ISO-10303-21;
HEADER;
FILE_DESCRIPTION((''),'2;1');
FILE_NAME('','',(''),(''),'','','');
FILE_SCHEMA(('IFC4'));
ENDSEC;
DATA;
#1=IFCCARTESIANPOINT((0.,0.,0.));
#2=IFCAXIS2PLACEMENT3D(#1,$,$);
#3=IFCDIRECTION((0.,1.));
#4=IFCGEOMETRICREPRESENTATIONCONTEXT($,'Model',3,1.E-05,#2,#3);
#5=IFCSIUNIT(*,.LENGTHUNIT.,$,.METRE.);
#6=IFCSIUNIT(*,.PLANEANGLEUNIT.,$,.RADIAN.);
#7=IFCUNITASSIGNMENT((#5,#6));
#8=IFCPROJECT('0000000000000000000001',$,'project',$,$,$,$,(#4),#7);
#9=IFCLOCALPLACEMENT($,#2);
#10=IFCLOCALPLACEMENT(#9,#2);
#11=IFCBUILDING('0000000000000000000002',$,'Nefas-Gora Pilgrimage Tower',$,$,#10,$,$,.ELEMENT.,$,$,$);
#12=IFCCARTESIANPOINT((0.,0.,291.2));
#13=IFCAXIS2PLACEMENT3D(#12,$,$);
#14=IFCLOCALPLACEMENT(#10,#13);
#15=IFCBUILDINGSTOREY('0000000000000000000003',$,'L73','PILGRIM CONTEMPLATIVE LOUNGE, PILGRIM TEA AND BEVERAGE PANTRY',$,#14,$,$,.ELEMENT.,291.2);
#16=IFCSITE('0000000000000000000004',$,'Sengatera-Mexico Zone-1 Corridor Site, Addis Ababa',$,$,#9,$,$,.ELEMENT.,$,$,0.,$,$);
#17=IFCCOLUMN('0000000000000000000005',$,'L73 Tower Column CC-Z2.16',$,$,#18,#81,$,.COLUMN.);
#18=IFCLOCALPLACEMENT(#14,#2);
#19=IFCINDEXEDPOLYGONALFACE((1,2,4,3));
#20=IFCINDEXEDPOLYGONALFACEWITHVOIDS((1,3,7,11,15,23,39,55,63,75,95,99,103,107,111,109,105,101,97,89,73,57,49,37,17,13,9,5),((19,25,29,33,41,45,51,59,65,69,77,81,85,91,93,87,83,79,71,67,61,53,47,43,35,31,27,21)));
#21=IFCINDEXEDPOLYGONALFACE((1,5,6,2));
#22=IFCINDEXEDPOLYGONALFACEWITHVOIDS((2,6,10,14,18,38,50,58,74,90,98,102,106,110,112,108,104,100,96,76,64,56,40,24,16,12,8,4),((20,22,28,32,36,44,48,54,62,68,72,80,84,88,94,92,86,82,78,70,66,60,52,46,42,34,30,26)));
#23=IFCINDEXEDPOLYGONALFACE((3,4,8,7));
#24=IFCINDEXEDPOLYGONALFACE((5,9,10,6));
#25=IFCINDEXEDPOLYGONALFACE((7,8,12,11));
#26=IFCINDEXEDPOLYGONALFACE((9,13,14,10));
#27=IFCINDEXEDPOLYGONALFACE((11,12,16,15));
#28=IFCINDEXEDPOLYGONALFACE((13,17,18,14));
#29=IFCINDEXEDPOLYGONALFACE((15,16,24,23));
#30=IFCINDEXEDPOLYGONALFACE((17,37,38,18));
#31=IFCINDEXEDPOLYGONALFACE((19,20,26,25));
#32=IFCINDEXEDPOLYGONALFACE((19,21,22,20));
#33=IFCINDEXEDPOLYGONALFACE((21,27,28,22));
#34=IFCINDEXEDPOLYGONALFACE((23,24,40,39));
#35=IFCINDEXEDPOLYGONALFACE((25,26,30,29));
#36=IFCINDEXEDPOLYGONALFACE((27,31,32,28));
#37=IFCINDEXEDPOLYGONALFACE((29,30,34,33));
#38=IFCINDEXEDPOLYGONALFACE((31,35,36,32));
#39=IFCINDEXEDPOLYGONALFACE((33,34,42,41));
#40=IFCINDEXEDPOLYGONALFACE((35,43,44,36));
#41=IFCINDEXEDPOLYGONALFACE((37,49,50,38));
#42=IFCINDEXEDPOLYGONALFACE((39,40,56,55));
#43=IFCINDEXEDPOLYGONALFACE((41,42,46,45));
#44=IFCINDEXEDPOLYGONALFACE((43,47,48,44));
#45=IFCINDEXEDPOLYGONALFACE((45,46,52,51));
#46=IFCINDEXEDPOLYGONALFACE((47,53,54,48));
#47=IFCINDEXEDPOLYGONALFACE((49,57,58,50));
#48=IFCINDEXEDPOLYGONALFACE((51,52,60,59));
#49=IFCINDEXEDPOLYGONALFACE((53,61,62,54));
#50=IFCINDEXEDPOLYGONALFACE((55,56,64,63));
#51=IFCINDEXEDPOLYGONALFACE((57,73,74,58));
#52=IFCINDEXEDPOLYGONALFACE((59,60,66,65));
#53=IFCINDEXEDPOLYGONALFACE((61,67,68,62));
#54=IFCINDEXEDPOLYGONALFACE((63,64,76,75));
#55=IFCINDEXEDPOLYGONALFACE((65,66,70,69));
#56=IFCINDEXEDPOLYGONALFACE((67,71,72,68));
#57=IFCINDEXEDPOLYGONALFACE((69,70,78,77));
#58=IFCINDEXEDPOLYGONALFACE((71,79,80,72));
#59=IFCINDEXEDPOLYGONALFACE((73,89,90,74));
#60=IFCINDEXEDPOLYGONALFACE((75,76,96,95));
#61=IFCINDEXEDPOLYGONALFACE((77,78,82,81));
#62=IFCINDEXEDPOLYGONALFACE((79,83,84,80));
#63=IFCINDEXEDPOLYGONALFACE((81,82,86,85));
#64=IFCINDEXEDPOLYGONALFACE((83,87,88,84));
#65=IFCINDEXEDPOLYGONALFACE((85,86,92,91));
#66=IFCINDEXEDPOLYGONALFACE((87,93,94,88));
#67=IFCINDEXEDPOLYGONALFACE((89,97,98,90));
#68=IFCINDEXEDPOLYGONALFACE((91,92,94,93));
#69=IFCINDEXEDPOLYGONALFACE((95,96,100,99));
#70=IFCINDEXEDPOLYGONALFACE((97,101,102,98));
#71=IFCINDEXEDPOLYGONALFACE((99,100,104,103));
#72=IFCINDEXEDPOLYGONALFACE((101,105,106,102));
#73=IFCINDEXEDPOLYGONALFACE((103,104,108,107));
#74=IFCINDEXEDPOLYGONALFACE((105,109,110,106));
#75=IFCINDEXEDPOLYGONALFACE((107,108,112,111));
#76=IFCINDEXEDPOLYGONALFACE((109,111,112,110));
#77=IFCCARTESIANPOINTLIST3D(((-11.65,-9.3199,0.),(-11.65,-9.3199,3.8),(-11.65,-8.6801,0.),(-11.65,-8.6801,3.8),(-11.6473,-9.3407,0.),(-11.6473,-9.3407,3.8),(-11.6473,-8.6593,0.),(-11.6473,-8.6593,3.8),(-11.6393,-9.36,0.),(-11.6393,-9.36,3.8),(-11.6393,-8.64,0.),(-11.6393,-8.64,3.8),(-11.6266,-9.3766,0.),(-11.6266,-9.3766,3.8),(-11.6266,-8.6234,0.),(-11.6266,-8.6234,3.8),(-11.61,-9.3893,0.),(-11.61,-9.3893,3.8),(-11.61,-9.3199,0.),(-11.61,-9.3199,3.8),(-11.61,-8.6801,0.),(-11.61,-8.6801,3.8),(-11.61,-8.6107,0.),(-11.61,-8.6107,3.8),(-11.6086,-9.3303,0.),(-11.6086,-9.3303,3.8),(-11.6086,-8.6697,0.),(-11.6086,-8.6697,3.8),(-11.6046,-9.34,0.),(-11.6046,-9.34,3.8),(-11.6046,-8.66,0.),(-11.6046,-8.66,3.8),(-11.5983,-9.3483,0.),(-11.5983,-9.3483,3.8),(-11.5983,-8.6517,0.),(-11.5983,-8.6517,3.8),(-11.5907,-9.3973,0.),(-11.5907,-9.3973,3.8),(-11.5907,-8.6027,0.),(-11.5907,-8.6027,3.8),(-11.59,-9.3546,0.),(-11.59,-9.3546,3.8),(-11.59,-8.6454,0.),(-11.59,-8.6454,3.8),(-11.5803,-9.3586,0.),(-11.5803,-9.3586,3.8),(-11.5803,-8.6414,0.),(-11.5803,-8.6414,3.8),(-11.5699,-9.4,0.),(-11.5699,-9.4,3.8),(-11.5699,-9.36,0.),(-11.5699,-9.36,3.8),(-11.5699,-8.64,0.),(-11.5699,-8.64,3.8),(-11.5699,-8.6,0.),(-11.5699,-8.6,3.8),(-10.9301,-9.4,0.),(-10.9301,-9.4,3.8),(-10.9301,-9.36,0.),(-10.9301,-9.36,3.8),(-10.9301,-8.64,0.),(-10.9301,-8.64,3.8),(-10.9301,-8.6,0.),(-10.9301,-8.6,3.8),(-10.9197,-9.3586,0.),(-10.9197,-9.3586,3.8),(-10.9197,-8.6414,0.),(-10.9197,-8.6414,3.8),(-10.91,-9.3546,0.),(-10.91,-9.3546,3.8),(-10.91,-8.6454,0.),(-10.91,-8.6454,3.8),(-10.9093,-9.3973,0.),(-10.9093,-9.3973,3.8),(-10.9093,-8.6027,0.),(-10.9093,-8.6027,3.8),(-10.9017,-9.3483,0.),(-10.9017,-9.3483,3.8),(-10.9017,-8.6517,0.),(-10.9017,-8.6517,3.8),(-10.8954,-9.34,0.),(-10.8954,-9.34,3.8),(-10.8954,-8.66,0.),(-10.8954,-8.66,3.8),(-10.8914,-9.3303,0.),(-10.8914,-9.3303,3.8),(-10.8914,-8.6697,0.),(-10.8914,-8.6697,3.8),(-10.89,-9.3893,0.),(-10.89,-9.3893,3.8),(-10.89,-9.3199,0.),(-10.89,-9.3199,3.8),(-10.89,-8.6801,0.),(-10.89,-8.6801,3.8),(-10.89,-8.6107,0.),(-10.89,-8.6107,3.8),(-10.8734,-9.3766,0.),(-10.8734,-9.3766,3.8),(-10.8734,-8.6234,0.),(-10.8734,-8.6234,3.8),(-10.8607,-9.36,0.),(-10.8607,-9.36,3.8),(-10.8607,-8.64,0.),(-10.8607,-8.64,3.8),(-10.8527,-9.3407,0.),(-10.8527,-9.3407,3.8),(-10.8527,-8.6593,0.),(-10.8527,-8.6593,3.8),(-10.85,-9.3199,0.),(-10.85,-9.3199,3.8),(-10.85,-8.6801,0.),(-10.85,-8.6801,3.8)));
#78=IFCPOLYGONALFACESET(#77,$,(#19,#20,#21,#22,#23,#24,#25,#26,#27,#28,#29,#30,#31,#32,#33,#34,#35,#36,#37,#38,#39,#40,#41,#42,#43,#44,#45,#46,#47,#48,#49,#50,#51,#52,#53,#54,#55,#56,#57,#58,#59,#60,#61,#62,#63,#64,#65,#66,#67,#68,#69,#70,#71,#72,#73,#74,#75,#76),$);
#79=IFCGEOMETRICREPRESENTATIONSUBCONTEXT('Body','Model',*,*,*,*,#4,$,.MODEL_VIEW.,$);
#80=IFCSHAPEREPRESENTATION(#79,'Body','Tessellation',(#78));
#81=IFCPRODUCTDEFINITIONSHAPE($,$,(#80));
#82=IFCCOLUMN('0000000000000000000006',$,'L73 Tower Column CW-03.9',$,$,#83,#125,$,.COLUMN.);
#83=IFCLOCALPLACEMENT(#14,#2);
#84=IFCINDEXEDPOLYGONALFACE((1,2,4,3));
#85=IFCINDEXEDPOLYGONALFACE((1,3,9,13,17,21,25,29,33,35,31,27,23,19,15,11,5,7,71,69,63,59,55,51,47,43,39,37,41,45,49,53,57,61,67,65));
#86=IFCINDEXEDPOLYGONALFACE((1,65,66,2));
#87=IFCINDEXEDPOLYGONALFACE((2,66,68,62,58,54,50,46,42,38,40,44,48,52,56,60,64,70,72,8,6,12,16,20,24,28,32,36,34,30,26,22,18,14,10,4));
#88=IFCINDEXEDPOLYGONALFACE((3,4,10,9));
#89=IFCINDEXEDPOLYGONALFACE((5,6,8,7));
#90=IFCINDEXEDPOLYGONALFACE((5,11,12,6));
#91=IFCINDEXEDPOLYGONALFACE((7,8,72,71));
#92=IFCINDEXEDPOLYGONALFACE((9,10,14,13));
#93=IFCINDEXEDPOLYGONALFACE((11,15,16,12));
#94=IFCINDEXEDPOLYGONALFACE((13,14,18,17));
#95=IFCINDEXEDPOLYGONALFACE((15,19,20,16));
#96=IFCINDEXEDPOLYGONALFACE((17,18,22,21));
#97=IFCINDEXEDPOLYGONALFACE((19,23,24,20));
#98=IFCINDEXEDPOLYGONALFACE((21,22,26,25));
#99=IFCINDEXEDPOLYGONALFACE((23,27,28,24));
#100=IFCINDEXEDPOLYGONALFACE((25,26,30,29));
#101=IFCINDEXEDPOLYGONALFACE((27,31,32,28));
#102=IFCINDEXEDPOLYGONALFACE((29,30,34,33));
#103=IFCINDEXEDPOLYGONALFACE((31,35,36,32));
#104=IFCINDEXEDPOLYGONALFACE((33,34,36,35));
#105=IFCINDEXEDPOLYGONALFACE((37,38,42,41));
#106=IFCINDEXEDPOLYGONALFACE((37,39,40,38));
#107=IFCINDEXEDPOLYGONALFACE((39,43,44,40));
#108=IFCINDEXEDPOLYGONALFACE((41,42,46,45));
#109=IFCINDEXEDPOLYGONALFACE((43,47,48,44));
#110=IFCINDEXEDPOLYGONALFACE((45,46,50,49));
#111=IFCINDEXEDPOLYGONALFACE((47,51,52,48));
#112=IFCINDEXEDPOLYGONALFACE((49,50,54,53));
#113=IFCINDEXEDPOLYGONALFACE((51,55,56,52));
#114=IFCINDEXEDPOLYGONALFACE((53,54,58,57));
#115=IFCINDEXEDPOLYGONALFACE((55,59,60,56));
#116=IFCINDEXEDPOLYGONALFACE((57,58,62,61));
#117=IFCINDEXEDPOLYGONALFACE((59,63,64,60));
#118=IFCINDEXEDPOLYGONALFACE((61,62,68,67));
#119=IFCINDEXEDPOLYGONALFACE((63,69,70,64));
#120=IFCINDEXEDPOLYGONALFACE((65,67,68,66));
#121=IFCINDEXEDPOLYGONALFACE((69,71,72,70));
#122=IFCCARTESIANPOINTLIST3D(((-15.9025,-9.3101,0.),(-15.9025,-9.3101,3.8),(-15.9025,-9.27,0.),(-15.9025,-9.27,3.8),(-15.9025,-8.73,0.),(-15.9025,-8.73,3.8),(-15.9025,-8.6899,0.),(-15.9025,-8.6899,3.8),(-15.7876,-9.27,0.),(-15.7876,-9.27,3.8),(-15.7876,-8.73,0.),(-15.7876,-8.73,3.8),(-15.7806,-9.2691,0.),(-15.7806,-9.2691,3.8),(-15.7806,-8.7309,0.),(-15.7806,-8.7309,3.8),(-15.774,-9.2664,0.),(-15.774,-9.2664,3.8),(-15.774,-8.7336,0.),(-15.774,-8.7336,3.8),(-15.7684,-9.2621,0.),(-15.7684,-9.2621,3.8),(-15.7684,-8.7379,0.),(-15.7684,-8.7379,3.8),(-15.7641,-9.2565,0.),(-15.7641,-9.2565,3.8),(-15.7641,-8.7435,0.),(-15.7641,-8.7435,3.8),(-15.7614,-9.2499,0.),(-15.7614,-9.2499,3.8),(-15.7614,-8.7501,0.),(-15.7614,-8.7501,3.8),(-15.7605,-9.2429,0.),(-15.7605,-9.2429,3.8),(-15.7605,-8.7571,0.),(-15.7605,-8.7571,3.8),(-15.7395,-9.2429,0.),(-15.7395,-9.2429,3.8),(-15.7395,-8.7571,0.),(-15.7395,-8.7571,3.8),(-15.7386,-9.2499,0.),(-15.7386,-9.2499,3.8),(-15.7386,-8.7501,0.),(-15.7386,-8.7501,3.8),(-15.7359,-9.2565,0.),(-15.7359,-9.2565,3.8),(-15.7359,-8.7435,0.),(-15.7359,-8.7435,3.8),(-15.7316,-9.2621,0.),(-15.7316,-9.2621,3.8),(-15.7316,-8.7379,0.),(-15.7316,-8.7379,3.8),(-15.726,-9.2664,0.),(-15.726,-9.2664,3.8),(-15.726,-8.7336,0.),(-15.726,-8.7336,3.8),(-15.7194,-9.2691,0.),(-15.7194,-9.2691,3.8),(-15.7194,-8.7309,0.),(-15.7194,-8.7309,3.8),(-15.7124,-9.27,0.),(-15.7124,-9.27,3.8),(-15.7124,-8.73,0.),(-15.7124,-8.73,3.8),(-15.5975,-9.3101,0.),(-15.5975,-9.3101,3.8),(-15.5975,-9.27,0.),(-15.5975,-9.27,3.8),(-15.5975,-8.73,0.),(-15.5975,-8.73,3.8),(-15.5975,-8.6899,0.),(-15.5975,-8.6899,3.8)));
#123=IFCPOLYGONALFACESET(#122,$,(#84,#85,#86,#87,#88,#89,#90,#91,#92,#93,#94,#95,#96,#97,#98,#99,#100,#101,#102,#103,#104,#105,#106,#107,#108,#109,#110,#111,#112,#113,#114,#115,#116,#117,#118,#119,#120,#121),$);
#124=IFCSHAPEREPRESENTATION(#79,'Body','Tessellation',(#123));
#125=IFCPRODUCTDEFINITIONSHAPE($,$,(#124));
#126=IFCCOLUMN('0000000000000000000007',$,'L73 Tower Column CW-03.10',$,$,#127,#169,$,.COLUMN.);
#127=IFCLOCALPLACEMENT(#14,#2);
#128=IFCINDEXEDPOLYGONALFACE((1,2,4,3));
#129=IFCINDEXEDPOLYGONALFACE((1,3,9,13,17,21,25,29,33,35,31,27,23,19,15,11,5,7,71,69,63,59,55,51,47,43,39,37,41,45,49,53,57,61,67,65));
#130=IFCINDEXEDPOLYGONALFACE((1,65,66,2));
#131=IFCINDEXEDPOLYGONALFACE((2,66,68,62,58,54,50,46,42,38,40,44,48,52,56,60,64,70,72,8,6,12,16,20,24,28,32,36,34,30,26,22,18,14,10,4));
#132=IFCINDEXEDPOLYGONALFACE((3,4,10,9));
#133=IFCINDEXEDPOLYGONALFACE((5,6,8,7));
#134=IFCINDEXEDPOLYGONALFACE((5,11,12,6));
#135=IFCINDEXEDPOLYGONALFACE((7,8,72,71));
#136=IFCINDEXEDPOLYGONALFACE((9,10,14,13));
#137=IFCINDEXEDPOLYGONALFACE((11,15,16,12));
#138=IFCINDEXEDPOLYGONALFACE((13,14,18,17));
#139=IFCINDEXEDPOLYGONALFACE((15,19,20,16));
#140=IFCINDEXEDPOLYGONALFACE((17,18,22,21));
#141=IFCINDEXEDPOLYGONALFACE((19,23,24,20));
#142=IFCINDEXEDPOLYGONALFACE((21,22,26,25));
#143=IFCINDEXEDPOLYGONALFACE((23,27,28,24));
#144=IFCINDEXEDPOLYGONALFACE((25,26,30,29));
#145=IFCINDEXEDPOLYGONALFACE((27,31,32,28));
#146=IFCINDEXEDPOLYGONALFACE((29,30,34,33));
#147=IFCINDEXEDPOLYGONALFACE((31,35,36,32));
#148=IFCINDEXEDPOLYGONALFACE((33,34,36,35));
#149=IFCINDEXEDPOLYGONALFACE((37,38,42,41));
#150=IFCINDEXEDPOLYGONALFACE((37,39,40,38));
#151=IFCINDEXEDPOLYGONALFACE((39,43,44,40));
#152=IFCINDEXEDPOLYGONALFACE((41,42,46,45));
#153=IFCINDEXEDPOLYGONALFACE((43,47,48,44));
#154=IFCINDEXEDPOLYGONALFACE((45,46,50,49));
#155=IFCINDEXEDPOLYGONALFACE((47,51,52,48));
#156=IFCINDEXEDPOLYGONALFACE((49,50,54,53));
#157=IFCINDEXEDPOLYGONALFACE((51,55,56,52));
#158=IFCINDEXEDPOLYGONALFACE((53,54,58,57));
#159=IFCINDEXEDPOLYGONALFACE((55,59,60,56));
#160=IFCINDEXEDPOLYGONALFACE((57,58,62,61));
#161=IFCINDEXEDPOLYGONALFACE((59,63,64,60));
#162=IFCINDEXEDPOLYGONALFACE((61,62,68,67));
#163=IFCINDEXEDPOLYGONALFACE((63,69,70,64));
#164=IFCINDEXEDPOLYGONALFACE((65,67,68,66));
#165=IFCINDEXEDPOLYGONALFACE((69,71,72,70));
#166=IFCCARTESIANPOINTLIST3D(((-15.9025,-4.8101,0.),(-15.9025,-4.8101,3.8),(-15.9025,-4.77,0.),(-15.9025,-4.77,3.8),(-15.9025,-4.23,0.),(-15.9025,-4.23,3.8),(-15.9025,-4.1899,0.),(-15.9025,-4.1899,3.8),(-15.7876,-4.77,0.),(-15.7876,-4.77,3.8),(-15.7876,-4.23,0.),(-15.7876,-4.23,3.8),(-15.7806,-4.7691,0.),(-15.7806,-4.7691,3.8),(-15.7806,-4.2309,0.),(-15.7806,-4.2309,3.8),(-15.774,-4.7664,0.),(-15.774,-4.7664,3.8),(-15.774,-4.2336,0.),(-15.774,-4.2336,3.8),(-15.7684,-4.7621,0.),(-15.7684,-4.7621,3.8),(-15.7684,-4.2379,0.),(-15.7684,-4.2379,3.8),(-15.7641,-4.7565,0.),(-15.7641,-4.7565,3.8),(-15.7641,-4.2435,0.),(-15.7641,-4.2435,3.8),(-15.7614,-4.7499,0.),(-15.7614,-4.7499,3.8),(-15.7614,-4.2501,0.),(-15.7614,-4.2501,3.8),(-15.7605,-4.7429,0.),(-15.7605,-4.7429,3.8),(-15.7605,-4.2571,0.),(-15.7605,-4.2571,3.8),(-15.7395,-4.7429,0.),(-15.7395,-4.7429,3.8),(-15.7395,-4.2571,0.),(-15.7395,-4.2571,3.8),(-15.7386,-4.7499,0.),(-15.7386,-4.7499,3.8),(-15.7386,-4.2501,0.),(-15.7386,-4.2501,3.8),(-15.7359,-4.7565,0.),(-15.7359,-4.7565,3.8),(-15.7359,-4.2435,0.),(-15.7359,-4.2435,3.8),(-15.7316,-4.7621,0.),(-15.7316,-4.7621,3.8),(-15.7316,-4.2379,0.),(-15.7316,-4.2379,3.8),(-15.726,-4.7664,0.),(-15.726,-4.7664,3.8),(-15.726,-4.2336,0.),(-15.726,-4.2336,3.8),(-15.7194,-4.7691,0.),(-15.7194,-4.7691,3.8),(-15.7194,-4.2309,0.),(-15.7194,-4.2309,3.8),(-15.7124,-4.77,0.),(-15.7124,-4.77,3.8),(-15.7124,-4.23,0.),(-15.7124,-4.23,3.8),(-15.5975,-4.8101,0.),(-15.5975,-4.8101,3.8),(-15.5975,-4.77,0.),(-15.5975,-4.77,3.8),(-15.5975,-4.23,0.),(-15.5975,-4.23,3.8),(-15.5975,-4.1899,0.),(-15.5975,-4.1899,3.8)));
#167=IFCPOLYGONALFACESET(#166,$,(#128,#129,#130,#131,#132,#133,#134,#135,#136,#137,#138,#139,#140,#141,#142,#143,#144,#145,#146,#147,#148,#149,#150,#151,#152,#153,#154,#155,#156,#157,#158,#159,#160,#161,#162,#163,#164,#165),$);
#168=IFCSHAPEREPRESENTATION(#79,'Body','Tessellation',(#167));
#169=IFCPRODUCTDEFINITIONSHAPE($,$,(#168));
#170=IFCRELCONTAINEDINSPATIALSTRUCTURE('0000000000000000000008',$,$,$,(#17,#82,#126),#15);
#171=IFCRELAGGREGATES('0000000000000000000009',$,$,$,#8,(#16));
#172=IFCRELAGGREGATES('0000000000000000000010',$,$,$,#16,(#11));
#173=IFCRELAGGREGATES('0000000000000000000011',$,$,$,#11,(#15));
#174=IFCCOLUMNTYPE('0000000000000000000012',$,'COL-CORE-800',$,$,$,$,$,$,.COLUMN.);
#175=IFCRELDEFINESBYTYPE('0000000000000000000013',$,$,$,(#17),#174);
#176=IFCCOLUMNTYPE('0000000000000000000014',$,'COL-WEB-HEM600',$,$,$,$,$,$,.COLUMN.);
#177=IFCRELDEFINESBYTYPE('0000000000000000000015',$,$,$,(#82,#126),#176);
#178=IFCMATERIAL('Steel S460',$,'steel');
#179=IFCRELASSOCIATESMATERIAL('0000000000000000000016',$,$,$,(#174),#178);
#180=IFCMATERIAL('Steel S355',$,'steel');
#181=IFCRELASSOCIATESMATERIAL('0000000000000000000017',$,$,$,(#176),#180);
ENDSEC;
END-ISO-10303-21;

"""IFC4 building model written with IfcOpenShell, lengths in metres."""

from ifc_helpers import new_model, si_unit, direction, frame, origin, origin_2d, place, context, subcontext, project, spatial, hollow_rectangle, i_section, extrude, source, transform, mapped, material, material_profile, profile_set, type_object, element, save


model = new_model("IFC4")

# Units and contexts
model_context = context("Model", 3, precision=1e-05, world=origin(), true_north=direction((0.0, 1.0)))
body_context = subcontext(model_context, "Body", "Model", "MODEL_VIEW")
ifc_project = project(units=[si_unit("LENGTHUNIT", "METRE"), si_unit("PLANEANGLEUNIT", "RADIAN")], contexts=[model_context])

# Site, building, storey
site_placement = place(None, origin())
site = spatial("IfcSite", under=ifc_project, at=site_placement, Name="Sengatera-Mexico Zone-1 Corridor Site, Addis Ababa", CompositionType="ELEMENT", RefElevation=0.0)
building_placement = place(site_placement, origin())
building = spatial("IfcBuilding", under=site, at=building_placement, Name="Nefas-Gora Pilgrimage Tower", CompositionType="ELEMENT")
storey_placement = place(building_placement, frame((0.0, 0.0, 291.2)))
storey = spatial("IfcBuildingStorey", under=building, at=storey_placement, Name="L73", Description="PILGRIM CONTEMPLATIVE LOUNGE, PILGRIM TEA AND BEVERAGE PANTRY", CompositionType="ELEMENT", Elevation=291.2)

# Columns
ifc_material_1 = material(Name="Steel S460", Category="steel")
ifc_material_profile_1 = material_profile(ifc_material_1, hollow_rectangle(XDim=0.8, YDim=0.8, WallThickness=0.04, InnerFilletRadius=0.04, OuterFilletRadius=0.0801, at=origin_2d()), Name="BOX 800x800x40")
ifc_profile_set_1 = profile_set([ifc_material_profile_1], Name="Steel S460")
column_type_1 = type_object("IfcColumnType", Name="COL-CORE-800", PredefinedType="COLUMN", material=ifc_profile_set_1)
shared_shape_1 = source(origin(), body_context, "Body", "SweptSolid", [
    extrude(hollow_rectangle(XDim=0.8, YDim=0.8, WallThickness=0.04, InnerFilletRadius=0.04, OuterFilletRadius=0.0801, at=origin_2d()), origin(), (0.0, 0.0, 1.0), 3.8),
])
column_placement = place(storey_placement, frame((-11.25, -9.0, 0.0), z_axis=(0.0, 0.0, 1.0), x_axis=(1.0, 0.0, 0.0)))
element("IfcColumn", 1, at=column_placement, inside=storey, type_object=column_type_1, Name="L73 Tower Column CC-Z2.16", PredefinedType="COLUMN", context=body_context, shape_type="MappedRepresentation", body=[
    mapped(shared_shape_1, transform((0.0, 0.0, 0.0), x_axis=(1.0, 0.0, 0.0), y_axis=(0.0, 1.0, 0.0), z_axis=(0.0, 0.0, 1.0), scale=1.0)),
])
ifc_material_2 = material(Name="Steel S355", Category="steel")
ifc_material_profile_2 = material_profile(ifc_material_2, i_section(OverallWidth=0.3049, OverallDepth=0.6201, WebThickness=0.021, FlangeThickness=0.04, FilletRadius=0.0271, at=origin_2d()), Name="HEM 600")
ifc_profile_set_2 = profile_set([ifc_material_profile_2], Name="Steel S355")
column_type_2 = type_object("IfcColumnType", Name="COL-WEB-HEM600", PredefinedType="COLUMN", material=ifc_profile_set_2)
shared_shape_2 = source(origin(), body_context, "Body", "SweptSolid", [
    extrude(i_section(OverallWidth=0.3049, OverallDepth=0.6201, WebThickness=0.021, FlangeThickness=0.04, FilletRadius=0.0271, at=origin_2d()), origin(), (0.0, 0.0, 1.0), 3.8),
])
for number, where, z_axis, x_axis, name in (
    (2, (-15.75, -9.0, 0.0), (0.0, 0.0, 1.0), (1.0, 0.0, 0.0), "L73 Tower Column CW-03.9"),
    (3, (-15.75, -4.5, 0.0), (0.0, 0.0, 1.0), (1.0, 0.0, 0.0), "L73 Tower Column CW-03.10"),
):
    element("IfcColumn", number, at=place(storey_placement, frame(where, z_axis=z_axis, x_axis=x_axis)), inside=storey, type_object=column_type_2, Name=name, PredefinedType="COLUMN", context=body_context, shape_type="MappedRepresentation", body=[
        mapped(shared_shape_2, transform((0.0, 0.0, 0.0), x_axis=(1.0, 0.0, 0.0), y_axis=(0.0, 1.0, 0.0), z_axis=(0.0, 0.0, 1.0), scale=1.0)),
    ])

save(model, "model.ifc")
